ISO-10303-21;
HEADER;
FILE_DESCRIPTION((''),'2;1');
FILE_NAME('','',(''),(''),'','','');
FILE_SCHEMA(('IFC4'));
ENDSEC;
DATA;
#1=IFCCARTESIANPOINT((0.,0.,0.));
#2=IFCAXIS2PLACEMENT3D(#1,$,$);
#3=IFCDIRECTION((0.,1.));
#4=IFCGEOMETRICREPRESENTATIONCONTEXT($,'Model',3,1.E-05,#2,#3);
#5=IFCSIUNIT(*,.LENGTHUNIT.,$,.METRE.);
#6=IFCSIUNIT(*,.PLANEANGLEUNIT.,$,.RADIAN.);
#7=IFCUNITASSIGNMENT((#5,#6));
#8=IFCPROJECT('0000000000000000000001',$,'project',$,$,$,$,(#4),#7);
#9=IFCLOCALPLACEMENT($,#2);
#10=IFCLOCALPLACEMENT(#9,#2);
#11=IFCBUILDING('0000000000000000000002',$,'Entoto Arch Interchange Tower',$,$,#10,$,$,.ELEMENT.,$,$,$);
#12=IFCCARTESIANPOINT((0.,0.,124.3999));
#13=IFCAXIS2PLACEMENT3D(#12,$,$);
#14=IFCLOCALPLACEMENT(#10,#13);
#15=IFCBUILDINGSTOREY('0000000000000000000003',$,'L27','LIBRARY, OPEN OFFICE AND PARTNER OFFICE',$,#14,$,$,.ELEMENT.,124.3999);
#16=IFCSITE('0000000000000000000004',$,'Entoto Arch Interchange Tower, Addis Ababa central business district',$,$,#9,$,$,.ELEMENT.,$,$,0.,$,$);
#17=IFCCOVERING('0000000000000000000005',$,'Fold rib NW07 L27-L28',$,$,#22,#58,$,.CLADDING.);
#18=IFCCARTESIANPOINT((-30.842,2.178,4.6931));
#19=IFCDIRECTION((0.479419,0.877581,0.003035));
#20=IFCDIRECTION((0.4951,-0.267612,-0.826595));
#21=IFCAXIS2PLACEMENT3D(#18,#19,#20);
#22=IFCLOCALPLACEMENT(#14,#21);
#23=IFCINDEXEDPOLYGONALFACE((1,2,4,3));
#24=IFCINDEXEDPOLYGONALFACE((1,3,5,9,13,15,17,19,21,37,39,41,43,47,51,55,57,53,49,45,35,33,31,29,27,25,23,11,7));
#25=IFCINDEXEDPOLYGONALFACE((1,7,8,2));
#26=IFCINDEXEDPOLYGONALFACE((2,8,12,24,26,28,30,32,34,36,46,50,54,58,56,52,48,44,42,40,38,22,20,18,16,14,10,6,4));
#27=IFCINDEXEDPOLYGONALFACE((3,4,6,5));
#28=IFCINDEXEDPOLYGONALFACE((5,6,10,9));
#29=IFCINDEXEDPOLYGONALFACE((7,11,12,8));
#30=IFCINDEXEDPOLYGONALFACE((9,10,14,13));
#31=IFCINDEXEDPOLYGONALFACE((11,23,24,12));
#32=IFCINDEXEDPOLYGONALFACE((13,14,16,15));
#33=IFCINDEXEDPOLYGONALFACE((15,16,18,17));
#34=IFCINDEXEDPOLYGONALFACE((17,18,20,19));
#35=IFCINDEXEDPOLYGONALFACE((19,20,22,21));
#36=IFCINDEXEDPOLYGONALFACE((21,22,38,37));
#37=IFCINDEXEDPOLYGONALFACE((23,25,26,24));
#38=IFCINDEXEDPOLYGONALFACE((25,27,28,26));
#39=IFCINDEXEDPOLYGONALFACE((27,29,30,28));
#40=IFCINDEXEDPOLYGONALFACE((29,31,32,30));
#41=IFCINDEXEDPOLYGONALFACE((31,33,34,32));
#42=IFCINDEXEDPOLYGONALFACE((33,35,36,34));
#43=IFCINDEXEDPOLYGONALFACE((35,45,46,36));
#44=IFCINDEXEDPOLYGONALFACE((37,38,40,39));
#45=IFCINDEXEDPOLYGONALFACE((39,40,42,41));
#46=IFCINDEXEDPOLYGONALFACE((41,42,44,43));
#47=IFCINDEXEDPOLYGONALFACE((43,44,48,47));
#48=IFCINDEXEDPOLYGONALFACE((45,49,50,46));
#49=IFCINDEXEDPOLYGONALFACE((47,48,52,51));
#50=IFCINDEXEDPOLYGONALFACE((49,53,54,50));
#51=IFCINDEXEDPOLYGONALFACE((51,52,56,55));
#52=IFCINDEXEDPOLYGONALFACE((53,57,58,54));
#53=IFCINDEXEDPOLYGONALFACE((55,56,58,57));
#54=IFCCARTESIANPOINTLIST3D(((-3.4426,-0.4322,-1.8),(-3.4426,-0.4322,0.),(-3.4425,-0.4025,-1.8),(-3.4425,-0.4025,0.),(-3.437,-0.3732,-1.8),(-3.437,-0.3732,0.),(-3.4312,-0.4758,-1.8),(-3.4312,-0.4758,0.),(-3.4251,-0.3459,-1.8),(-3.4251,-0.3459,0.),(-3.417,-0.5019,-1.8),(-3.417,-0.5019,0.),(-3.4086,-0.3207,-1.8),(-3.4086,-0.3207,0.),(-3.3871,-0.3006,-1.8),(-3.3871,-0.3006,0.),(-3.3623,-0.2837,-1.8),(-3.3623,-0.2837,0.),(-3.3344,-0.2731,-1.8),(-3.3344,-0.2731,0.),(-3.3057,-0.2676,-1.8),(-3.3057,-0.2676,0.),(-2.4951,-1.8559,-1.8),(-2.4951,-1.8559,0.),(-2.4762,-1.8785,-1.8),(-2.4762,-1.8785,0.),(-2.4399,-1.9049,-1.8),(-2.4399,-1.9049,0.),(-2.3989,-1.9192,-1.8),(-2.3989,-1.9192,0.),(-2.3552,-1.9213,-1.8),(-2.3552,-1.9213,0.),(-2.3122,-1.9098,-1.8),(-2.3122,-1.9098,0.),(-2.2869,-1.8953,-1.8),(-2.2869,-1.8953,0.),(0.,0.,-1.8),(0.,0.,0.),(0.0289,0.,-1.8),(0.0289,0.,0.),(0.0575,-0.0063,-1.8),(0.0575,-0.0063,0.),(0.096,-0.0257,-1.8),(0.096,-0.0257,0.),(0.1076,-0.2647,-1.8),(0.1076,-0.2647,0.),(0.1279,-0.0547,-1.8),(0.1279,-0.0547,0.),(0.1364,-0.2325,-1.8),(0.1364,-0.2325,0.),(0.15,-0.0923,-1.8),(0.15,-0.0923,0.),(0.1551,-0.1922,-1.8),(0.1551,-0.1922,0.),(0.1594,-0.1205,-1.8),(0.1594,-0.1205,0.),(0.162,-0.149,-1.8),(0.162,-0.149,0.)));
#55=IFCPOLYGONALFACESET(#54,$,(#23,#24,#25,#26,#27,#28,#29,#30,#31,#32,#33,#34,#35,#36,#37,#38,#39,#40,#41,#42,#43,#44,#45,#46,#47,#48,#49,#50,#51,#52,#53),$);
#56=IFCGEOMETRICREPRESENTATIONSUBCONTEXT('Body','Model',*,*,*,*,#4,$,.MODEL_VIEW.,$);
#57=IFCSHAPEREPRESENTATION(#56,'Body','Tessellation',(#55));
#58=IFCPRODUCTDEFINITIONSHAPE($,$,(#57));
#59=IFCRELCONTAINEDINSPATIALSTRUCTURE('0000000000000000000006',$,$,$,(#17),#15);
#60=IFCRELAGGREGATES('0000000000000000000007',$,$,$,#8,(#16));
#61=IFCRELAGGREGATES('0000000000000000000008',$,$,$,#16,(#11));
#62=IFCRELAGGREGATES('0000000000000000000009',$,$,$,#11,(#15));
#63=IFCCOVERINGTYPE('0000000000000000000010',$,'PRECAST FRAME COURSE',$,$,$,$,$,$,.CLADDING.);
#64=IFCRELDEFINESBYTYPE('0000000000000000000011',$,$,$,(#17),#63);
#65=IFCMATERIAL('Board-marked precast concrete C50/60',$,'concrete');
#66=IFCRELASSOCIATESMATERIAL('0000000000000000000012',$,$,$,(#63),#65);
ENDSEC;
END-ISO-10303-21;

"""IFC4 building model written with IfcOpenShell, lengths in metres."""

from ifc_helpers import new_model, si_unit, direction, frame, origin, place, context, subcontext, project, spatial, polyline, outline, extrude, material, type_object, element, save


model = new_model("IFC4")

# Units and contexts
model_context = context("Model", 3, precision=1e-05, world=origin(), true_north=direction((0.0, 1.0)))
body_context = subcontext(model_context, "Body", "Model", "MODEL_VIEW")
ifc_project = project(units=[si_unit("LENGTHUNIT", "METRE"), si_unit("PLANEANGLEUNIT", "RADIAN")], contexts=[model_context])

# Site, building, storey
site_placement = place(None, origin())
site = spatial("IfcSite", under=ifc_project, at=site_placement, Name="Entoto Arch Interchange Tower, Addis Ababa central business district", CompositionType="ELEMENT", RefElevation=0.0)
building_placement = place(site_placement, origin())
building = spatial("IfcBuilding", under=site, at=building_placement, Name="Entoto Arch Interchange Tower", CompositionType="ELEMENT")
storey_placement = place(building_placement, frame((0.0, 0.0, 124.3999)))
storey = spatial("IfcBuildingStorey", under=building, at=storey_placement, Name="L27", Description="LIBRARY, OPEN OFFICE AND PARTNER OFFICE", CompositionType="ELEMENT", Elevation=124.3999)

# Covering
ifc_material_1 = material(Name="Board-marked precast concrete C50/60", Category="concrete")
covering_type = type_object("IfcCoveringType", Name="PRECAST FRAME COURSE", PredefinedType="CLADDING", material=ifc_material_1)
covering_placement = place(storey_placement, frame((-30.842, 2.178, 4.6931), z_axis=(0.479419, 0.877581, 0.003035), x_axis=(0.4951, -0.267612, -0.826595)))
element("IfcCovering", 1, at=covering_placement, inside=storey, type_object=covering_type, Name="Fold rib NW07 L27-L28", PredefinedType="CLADDING", context=body_context, shape_type="SweptSolid", body=[
    extrude(outline(polyline([(0.0, 0.0), (0.0289, 0.0), (0.0575, -0.0063), (0.096, -0.0257), (0.1279, -0.0547), (0.15, -0.0923), (0.1594, -0.1205), (0.162, -0.149), (0.1551, -0.1922), (0.1364, -0.2325), (0.1076, -0.2647), (-2.2869, -1.8953), (-2.3122, -1.9098), (-2.3552, -1.9213), (-2.3989, -1.9192), (-2.4399, -1.9049), (-2.4762, -1.8785), (-2.4951, -1.8559), (-3.417, -0.5019), (-3.4312, -0.4758), (-3.4426, -0.4322), (-3.4425, -0.4025), (-3.437, -0.3732), (-3.4251, -0.3459), (-3.4086, -0.3207), (-3.3871, -0.3006), (-3.3623, -0.2837), (-3.3344, -0.2731), (-3.3057, -0.2676), (0.0, 0.0)])), origin(), (0.0, 0.0, -1.0), 1.8),
])

save(model, "model.ifc")
